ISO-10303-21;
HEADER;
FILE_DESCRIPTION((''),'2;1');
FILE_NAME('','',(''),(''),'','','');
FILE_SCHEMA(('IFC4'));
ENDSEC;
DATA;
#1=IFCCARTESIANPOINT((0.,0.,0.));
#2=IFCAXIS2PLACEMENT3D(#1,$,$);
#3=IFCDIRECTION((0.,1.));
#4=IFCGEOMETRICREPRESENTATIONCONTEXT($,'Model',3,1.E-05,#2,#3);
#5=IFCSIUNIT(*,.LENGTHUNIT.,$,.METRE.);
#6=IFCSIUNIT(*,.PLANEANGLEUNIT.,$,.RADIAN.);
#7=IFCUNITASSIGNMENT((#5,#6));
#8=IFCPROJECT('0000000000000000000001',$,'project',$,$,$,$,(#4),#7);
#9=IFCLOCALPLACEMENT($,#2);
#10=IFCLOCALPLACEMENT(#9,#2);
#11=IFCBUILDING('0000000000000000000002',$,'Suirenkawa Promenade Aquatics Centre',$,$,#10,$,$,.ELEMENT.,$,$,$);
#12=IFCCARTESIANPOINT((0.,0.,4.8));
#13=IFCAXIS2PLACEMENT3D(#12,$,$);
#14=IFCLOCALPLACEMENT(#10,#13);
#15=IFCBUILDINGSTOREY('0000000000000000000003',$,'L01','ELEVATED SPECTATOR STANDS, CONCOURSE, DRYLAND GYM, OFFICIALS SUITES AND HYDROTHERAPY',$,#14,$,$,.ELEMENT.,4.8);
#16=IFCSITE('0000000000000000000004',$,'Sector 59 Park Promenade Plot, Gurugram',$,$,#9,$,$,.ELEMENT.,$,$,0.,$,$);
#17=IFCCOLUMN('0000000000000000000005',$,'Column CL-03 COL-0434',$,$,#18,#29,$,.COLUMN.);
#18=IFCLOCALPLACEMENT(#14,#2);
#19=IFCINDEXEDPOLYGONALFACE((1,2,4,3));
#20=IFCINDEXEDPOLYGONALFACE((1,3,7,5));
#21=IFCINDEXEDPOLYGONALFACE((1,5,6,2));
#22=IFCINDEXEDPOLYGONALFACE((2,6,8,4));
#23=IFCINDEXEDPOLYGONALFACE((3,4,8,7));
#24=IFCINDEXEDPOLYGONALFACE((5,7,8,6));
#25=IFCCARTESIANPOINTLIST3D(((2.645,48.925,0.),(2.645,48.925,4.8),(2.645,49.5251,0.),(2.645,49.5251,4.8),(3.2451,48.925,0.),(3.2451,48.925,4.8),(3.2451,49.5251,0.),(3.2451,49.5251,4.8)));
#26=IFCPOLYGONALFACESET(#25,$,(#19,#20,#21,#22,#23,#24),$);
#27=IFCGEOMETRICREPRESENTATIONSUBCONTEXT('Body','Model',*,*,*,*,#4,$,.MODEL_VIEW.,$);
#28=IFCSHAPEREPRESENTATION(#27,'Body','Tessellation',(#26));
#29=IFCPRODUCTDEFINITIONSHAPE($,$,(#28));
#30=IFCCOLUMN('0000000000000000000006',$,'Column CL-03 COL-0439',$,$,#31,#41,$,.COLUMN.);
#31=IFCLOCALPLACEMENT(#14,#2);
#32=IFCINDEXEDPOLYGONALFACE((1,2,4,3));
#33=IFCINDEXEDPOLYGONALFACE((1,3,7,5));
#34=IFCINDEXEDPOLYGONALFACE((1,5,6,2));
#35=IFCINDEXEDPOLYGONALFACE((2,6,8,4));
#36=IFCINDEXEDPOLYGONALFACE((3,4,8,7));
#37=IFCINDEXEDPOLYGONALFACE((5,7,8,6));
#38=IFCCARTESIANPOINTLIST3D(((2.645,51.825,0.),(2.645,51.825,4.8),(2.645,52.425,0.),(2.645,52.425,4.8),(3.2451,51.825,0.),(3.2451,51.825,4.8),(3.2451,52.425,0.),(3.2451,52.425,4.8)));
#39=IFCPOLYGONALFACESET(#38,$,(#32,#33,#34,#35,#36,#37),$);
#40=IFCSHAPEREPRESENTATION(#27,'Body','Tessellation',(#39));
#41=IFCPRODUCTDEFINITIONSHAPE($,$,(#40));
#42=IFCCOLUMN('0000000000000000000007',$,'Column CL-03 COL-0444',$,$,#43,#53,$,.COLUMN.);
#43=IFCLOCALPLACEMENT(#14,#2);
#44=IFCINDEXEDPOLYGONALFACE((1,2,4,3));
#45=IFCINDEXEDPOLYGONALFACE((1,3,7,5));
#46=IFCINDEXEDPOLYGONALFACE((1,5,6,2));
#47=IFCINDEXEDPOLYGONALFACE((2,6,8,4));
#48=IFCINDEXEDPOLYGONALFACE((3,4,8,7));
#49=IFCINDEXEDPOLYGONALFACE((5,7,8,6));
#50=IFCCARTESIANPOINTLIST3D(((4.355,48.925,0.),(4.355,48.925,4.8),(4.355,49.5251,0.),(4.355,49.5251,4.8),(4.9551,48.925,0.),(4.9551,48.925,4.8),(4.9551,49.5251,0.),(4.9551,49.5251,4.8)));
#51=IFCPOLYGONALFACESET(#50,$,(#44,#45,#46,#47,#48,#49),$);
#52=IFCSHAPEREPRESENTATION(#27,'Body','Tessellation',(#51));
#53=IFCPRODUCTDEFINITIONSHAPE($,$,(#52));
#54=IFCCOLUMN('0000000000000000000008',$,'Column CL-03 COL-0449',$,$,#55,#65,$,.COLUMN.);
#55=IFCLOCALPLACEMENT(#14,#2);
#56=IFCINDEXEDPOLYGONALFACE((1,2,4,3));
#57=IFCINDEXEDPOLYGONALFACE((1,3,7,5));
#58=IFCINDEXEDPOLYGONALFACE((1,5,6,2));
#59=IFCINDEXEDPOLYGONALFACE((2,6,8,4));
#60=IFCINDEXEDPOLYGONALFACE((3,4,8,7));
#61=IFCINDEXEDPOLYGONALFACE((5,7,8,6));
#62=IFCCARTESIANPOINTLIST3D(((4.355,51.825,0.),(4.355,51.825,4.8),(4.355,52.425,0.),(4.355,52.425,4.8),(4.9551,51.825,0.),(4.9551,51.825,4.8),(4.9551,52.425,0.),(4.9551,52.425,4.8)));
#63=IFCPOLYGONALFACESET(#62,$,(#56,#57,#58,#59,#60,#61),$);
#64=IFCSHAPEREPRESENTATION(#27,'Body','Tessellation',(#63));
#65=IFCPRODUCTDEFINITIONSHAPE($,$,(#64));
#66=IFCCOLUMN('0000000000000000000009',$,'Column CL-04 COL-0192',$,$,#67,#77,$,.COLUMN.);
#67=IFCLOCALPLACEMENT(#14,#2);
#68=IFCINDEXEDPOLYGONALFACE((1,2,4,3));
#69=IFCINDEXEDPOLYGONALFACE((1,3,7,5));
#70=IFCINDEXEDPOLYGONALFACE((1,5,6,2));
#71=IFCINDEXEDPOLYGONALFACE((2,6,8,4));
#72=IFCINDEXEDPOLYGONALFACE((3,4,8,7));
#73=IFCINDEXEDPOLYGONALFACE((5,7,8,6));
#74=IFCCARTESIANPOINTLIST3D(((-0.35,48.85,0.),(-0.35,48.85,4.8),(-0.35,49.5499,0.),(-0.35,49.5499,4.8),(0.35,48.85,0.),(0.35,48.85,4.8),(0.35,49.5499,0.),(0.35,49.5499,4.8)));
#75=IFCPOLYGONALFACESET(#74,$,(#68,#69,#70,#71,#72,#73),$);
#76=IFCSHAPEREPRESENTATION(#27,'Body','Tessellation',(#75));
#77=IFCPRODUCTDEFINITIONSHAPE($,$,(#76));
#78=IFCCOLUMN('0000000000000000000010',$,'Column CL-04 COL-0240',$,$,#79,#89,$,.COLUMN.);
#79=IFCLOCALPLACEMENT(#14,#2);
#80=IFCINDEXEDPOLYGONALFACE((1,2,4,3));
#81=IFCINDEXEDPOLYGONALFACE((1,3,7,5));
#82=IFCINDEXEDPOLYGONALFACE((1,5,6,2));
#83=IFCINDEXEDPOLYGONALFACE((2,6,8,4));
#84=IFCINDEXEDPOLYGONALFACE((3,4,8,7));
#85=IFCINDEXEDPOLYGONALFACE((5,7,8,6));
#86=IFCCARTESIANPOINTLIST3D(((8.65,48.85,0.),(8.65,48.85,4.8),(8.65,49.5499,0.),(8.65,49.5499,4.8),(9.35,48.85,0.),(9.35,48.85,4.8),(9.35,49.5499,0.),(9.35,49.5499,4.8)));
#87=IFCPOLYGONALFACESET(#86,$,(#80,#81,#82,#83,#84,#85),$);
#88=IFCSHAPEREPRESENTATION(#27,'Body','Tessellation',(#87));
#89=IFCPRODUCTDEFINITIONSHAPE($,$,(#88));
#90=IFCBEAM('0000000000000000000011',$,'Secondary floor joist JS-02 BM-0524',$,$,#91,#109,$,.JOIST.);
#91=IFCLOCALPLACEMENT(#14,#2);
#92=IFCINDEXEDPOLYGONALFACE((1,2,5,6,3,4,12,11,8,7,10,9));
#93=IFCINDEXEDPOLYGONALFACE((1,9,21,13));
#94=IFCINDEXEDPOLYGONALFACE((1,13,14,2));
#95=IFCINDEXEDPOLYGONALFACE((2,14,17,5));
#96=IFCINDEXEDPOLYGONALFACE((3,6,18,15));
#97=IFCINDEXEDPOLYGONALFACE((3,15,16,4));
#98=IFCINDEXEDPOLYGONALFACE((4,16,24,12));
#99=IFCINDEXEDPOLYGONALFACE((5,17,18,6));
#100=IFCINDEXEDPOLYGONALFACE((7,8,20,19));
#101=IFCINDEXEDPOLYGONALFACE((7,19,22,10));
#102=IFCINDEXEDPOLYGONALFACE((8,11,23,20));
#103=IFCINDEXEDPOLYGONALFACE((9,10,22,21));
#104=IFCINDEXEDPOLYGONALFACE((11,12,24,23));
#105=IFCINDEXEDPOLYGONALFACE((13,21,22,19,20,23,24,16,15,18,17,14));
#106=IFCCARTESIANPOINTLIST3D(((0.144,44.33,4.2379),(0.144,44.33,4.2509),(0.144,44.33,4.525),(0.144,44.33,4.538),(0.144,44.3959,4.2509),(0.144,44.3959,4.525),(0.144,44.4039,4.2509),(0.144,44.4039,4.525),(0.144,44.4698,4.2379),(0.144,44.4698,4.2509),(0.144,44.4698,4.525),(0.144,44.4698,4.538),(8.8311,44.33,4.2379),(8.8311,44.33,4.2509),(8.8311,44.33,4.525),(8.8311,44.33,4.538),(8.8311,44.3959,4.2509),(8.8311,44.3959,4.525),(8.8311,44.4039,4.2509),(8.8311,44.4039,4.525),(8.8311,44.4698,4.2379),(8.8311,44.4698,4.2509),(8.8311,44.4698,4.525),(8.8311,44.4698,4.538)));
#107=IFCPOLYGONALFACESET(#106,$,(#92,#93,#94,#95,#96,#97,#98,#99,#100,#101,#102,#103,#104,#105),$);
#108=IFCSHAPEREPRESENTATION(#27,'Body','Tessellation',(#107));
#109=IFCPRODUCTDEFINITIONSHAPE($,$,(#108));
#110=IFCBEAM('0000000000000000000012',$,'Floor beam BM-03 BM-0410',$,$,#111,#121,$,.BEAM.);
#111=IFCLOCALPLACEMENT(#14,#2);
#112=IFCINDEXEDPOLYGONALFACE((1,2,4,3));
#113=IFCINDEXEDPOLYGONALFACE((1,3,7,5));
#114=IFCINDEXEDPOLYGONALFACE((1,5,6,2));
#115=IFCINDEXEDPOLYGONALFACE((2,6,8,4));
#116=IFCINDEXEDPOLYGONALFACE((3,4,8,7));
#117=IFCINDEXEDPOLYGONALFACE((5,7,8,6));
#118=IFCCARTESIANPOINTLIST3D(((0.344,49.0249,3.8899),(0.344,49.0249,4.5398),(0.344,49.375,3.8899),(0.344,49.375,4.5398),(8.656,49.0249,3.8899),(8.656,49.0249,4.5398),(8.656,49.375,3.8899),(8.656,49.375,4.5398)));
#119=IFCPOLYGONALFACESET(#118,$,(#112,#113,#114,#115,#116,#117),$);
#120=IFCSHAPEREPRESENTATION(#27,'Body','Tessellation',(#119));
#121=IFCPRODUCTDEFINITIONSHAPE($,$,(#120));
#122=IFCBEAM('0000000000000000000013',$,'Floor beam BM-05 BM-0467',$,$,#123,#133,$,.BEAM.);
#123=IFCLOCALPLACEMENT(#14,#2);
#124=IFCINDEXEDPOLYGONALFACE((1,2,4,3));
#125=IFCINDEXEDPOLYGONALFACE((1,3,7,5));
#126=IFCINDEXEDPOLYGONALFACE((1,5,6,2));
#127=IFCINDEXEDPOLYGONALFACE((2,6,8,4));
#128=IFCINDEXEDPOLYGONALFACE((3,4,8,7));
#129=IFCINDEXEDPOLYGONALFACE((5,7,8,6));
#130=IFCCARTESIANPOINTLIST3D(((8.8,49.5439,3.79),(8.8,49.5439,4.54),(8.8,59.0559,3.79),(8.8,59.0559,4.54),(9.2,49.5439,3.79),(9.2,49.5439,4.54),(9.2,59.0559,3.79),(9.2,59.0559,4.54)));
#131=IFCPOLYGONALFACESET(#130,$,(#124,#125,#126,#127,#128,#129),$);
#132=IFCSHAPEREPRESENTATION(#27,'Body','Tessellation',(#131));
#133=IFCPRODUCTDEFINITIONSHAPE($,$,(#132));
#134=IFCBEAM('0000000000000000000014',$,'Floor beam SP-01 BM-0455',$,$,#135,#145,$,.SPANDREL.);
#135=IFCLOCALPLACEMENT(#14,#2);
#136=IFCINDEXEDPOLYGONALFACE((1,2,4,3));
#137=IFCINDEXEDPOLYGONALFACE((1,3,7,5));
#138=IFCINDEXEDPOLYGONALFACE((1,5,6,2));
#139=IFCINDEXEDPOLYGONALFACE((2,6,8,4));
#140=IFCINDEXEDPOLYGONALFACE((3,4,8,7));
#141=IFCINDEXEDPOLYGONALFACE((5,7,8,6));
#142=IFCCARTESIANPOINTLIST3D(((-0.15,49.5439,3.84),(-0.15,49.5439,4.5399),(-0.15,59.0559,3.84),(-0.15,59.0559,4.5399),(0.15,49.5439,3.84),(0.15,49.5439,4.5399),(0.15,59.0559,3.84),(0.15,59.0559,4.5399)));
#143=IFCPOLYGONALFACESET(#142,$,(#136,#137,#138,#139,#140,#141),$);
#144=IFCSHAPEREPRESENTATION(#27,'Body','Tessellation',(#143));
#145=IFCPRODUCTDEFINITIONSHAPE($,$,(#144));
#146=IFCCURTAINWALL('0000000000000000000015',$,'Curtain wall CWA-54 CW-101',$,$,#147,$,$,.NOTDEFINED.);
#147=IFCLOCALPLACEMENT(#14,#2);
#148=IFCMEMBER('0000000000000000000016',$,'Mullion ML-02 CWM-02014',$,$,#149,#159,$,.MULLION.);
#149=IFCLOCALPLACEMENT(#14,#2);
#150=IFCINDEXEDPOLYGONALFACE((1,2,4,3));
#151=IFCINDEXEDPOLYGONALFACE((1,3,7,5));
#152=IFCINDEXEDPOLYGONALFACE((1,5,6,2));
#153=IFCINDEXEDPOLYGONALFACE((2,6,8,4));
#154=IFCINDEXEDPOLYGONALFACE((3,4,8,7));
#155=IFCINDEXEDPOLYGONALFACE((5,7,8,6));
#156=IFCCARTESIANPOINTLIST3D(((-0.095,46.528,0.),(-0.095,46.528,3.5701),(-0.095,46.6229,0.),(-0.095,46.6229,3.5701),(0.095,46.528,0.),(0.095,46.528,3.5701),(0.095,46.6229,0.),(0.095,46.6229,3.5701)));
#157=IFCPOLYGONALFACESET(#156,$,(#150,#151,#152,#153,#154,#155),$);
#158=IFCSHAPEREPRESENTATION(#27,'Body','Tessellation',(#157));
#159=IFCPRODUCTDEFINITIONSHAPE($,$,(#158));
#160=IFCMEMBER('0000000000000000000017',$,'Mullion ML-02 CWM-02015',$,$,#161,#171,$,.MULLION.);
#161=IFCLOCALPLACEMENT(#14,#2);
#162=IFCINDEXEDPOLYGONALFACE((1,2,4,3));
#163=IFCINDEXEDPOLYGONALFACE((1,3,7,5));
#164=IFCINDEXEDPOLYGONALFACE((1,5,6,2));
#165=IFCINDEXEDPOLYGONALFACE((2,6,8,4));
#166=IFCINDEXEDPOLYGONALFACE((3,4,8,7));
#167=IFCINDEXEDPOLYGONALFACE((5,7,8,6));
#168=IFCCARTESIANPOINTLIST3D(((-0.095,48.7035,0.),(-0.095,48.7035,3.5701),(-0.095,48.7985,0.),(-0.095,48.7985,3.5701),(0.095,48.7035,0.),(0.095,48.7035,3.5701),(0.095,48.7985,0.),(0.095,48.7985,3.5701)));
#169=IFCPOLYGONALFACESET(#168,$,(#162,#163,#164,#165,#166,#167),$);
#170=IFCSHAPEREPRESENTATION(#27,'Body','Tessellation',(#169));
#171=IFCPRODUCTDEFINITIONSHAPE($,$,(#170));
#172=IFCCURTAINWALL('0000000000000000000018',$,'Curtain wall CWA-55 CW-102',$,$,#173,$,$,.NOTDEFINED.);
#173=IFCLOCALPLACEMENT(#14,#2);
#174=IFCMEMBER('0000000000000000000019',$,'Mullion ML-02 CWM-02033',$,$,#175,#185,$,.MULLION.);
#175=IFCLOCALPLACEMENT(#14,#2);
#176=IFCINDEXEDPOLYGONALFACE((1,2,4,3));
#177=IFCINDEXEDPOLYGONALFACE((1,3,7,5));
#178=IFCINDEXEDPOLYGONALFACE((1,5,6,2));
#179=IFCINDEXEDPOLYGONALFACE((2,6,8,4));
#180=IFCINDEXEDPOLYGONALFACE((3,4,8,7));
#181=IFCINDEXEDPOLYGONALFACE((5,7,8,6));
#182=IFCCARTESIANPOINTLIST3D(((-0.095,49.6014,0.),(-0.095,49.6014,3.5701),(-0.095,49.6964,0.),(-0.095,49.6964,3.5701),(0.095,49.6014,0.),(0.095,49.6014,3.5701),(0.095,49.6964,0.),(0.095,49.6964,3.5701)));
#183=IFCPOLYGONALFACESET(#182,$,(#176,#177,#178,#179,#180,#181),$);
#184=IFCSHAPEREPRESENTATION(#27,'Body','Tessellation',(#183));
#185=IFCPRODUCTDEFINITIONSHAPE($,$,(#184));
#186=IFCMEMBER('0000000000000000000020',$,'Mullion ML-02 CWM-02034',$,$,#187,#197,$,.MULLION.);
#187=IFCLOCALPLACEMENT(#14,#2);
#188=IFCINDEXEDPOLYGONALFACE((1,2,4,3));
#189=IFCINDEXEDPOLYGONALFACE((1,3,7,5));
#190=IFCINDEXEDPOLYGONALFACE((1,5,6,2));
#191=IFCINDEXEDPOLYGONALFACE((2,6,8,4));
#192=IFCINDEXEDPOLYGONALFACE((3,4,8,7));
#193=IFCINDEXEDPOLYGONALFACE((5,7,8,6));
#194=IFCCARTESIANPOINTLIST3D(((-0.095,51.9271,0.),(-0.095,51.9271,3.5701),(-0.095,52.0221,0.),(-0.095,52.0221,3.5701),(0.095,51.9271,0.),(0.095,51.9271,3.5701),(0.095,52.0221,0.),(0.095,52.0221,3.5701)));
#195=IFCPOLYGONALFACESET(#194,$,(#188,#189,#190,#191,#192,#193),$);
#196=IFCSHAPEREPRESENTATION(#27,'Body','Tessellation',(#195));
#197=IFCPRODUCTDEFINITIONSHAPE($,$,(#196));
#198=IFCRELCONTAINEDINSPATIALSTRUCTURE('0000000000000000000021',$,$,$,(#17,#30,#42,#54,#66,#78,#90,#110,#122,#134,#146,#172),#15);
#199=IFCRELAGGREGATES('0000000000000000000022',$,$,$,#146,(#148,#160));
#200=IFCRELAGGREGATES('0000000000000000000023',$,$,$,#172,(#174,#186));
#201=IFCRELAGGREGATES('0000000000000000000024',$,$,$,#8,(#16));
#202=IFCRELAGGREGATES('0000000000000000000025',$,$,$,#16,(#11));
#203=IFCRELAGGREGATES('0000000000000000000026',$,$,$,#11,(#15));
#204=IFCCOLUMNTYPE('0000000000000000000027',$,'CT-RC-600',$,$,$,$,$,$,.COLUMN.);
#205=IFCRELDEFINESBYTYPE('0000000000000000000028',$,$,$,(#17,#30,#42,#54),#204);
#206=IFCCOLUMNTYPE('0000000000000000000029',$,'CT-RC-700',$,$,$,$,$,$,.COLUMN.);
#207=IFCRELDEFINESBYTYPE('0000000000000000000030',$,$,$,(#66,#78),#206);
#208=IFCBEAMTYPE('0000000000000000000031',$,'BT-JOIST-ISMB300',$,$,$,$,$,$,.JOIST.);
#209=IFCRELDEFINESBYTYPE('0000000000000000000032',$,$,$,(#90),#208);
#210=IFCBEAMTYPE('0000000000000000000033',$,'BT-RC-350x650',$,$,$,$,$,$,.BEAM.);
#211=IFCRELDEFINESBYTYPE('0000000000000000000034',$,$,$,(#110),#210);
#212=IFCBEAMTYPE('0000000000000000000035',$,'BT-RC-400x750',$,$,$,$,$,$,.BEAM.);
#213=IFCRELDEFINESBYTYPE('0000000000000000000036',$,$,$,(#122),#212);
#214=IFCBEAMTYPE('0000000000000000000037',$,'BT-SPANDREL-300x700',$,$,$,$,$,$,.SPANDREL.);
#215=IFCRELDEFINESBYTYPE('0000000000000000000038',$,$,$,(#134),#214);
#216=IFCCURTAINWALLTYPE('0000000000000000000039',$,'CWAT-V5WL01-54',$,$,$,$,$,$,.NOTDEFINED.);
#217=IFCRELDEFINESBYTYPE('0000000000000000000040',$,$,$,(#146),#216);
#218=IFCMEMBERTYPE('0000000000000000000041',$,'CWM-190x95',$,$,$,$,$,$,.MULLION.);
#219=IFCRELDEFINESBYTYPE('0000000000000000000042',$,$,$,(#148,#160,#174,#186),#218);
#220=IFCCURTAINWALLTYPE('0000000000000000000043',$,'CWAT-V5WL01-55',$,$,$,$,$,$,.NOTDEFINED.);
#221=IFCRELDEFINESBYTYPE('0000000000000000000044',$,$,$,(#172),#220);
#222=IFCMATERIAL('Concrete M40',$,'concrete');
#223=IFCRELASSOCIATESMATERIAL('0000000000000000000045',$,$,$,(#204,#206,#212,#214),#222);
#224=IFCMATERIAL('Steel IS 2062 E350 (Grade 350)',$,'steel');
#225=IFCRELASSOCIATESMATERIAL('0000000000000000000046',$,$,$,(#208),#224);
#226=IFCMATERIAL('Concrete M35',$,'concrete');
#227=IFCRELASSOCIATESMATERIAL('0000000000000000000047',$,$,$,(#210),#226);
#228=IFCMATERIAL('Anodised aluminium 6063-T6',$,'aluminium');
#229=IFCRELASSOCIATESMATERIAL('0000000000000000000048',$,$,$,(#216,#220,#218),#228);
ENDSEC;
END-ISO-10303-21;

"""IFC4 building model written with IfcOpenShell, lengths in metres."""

from ifc_helpers import new_model, si_unit, direction, frame, origin, origin_2d, place, context, subcontext, project, spatial, rectangle, i_section, extrude, material, material_profile, profile_set, type_object, element, aggregate, save


model = new_model("IFC4")

# Units and contexts
model_context = context("Model", 3, precision=1e-05, world=origin(), true_north=direction((0.0, 1.0)))
body_context = subcontext(model_context, "Body", "Model", "MODEL_VIEW")
ifc_project = project(units=[si_unit("LENGTHUNIT", "METRE"), si_unit("PLANEANGLEUNIT", "RADIAN")], contexts=[model_context])

# Site, building, storey
site_placement = place(None, origin())
site = spatial("IfcSite", under=ifc_project, at=site_placement, Name="Sector 59 Park Promenade Plot, Gurugram", CompositionType="ELEMENT", RefElevation=0.0)
building_placement = place(site_placement, origin())
building = spatial("IfcBuilding", under=site, at=building_placement, Name="Suirenkawa Promenade Aquatics Centre", CompositionType="ELEMENT")
storey_placement = place(building_placement, frame((0.0, 0.0, 4.8)))
storey = spatial("IfcBuildingStorey", under=building, at=storey_placement, Name="L01", Description="ELEVATED SPECTATOR STANDS, CONCOURSE, DRYLAND GYM, OFFICIALS SUITES AND HYDROTHERAPY", CompositionType="ELEMENT", Elevation=4.8)

# Columns
ifc_material_1 = material(Name="Concrete M40", Category="concrete")
ifc_material_profile_1 = material_profile(ifc_material_1, rectangle(XDim=0.6001, YDim=0.6001, at=origin_2d()), Name="RC COL 600x600", Category="concrete")
ifc_profile_set_1 = profile_set([ifc_material_profile_1], Name="Concrete M40")
column_type_1 = type_object("IfcColumnType", Name="CT-RC-600", PredefinedType="COLUMN", material=ifc_profile_set_1)
for number, where, z_axis, x_axis, name in (
    (1, (2.9451, 49.2251, 0.0), (0.0, 0.0, 1.0), (1.0, 0.0, 0.0), "Column CL-03 COL-0434"),
    (2, (2.9451, 52.125, 0.0), (0.0, 0.0, 1.0), (1.0, 0.0, 0.0), "Column CL-03 COL-0439"),
    (3, (4.655, 49.2251, 0.0), (0.0, 0.0, 1.0), (1.0, 0.0, 0.0), "Column CL-03 COL-0444"),
    (4, (4.655, 52.125, 0.0), (0.0, 0.0, 1.0), (1.0, 0.0, 0.0), "Column CL-03 COL-0449"),
):
    element("IfcColumn", number, at=place(storey_placement, frame(where, z_axis=z_axis, x_axis=x_axis)), inside=storey, type_object=column_type_1, Name=name, PredefinedType="COLUMN", context=body_context, shape_type="SweptSolid", body=[
        extrude(rectangle(XDim=0.6001, YDim=0.6001, at=origin_2d()), origin(), (0.0, 0.0, 1.0), 4.8),
    ])
ifc_material_profile_2 = material_profile(ifc_material_1, rectangle(XDim=0.7, YDim=0.7, at=origin_2d()), Name="RC COL 700x700", Category="concrete")
ifc_profile_set_2 = profile_set([ifc_material_profile_2], Name="Concrete M40")
column_type_2 = type_object("IfcColumnType", Name="CT-RC-700", PredefinedType="COLUMN", material=ifc_profile_set_2)
for number, where, z_axis, x_axis, name in (
    (5, (0.0, 49.2, 0.0), (0.0, 0.0, 1.0), (1.0, 0.0, 0.0), "Column CL-04 COL-0192"),
    (6, (9.0, 49.2, 0.0), (0.0, 0.0, 1.0), (1.0, 0.0, 0.0), "Column CL-04 COL-0240"),
):
    element("IfcColumn", number, at=place(storey_placement, frame(where, z_axis=z_axis, x_axis=x_axis)), inside=storey, type_object=column_type_2, Name=name, PredefinedType="COLUMN", context=body_context, shape_type="SweptSolid", body=[
        extrude(rectangle(XDim=0.7, YDim=0.7, at=origin_2d()), origin(), (0.0, 0.0, 1.0), 4.8),
    ])

# Beams
ifc_material_2 = material(Name="Steel IS 2062 E350 (Grade 350)", Category="steel")
ifc_material_profile_3 = material_profile(ifc_material_2, i_section(OverallWidth=0.1399, OverallDepth=0.3, WebThickness=0.0081, FlangeThickness=0.0129, at=origin_2d()), Name="ISMB 300", Category="steel")
ifc_profile_set_3 = profile_set([ifc_material_profile_3], Name="Steel IS 2062 E350 (Grade 350)")
beam_type_1 = type_object("IfcBeamType", Name="BT-JOIST-ISMB300", PredefinedType="JOIST", material=ifc_profile_set_3)
beam_1_placement = place(storey_placement, frame((0.144, 44.3999, 4.3879), z_axis=(1.0, 0.0, 0.0), x_axis=(0.0, 1.0, 0.0)))
element("IfcBeam", 7, at=beam_1_placement, inside=storey, type_object=beam_type_1, Name="Secondary floor joist JS-02 BM-0524", PredefinedType="JOIST", context=body_context, shape_type="SweptSolid", body=[
    extrude(i_section(OverallWidth=0.1399, OverallDepth=0.3, WebThickness=0.0081, FlangeThickness=0.0129, at=origin_2d()), origin(), (0.0, 0.0, 1.0), 8.687),
])
ifc_material_3 = material(Name="Concrete M35", Category="concrete")
ifc_material_profile_4 = material_profile(ifc_material_3, rectangle(XDim=0.3501, YDim=0.6499, at=origin_2d()), Name="RC BM 350x650", Category="concrete")
ifc_profile_set_4 = profile_set([ifc_material_profile_4], Name="Concrete M35")
beam_type_2 = type_object("IfcBeamType", Name="BT-RC-350x650", PredefinedType="BEAM", material=ifc_profile_set_4)
beam_2_placement = place(storey_placement, frame((0.344, 49.2, 4.2148), z_axis=(1.0, 0.0, 0.0), x_axis=(0.0, 1.0, 0.0)))
element("IfcBeam", 8, at=beam_2_placement, inside=storey, type_object=beam_type_2, Name="Floor beam BM-03 BM-0410", PredefinedType="BEAM", context=body_context, shape_type="SweptSolid", body=[
    extrude(rectangle(XDim=0.3501, YDim=0.6499, at=origin_2d()), origin(), (0.0, 0.0, 1.0), 8.312),
])
ifc_material_profile_5 = material_profile(ifc_material_1, rectangle(XDim=0.3999, YDim=0.75, at=origin_2d()), Name="RC BM 400x750", Category="concrete")
ifc_profile_set_5 = profile_set([ifc_material_profile_5], Name="Concrete M40")
beam_type_3 = type_object("IfcBeamType", Name="BT-RC-400x750", PredefinedType="BEAM", material=ifc_profile_set_5)
beam_3_placement = place(storey_placement, frame((9.0, 49.5439, 4.165), z_axis=(0.0, 1.0, 0.0), x_axis=(-1.0, 0.0, 0.0)))
element("IfcBeam", 9, at=beam_3_placement, inside=storey, type_object=beam_type_3, Name="Floor beam BM-05 BM-0467", PredefinedType="BEAM", context=body_context, shape_type="SweptSolid", body=[
    extrude(rectangle(XDim=0.3999, YDim=0.75, at=origin_2d()), origin(), (0.0, 0.0, 1.0), 9.512),
])
ifc_material_profile_6 = material_profile(ifc_material_1, rectangle(XDim=0.3, YDim=0.7, at=origin_2d()), Name="RC SPANDREL 300x700", Category="concrete")
ifc_profile_set_6 = profile_set([ifc_material_profile_6], Name="Concrete M40")
beam_type_4 = type_object("IfcBeamType", Name="BT-SPANDREL-300x700", PredefinedType="SPANDREL", material=ifc_profile_set_6)
beam_4_placement = place(storey_placement, frame((0.0, 49.5439, 4.1899), z_axis=(0.0, 1.0, 0.0), x_axis=(-1.0, 0.0, 0.0)))
element("IfcBeam", 10, at=beam_4_placement, inside=storey, type_object=beam_type_4, Name="Floor beam SP-01 BM-0455", PredefinedType="SPANDREL", context=body_context, shape_type="SweptSolid", body=[
    extrude(rectangle(XDim=0.3, YDim=0.7, at=origin_2d()), origin(), (0.0, 0.0, 1.0), 9.512),
])

# Curtain walls, members
ifc_material_4 = material(Name="Anodised aluminium 6063-T6", Category="aluminium")
curtain_wall_type_1 = type_object("IfcCurtainWallType", Name="CWAT-V5WL01-54", PredefinedType="NOTDEFINED", material=ifc_material_4)
curtain_wall_1_placement = place(storey_placement, origin())
curtain_wall_1 = element("IfcCurtainWall", 11, at=curtain_wall_1_placement, inside=storey, type_object=curtain_wall_type_1, Name="Curtain wall CWA-54 CW-101", PredefinedType="NOTDEFINED")
ifc_material_profile_7 = material_profile(ifc_material_4, rectangle(XDim=0.095, YDim=0.1899, at=origin_2d()), Name="ALU MULL 95x190", Category="aluminium")
ifc_profile_set_7 = profile_set([ifc_material_profile_7], Name="Anodised aluminium 6063-T6")
member_type_1 = type_object("IfcMemberType", Name="CWM-190x95", PredefinedType="MULLION", material=ifc_profile_set_7)
member_1_placement = place(storey_placement, frame((0.0, 46.5754, 0.0), z_axis=(0.0, 0.0, 1.0), x_axis=(0.0, 1.0, 0.0)))
member_1 = element("IfcMember", 12, at=member_1_placement, type_object=member_type_1, Name="Mullion ML-02 CWM-02014", PredefinedType="MULLION", context=body_context, shape_type="SweptSolid", body=[
    extrude(rectangle(XDim=0.095, YDim=0.1899, at=origin_2d()), origin(), (0.0, 0.0, 1.0), 3.5701),
])
member_2_placement = place(storey_placement, frame((0.0, 48.751, 0.0), z_axis=(0.0, 0.0, 1.0), x_axis=(0.0, 1.0, 0.0)))
member_2 = element("IfcMember", 13, at=member_2_placement, type_object=member_type_1, Name="Mullion ML-02 CWM-02015", PredefinedType="MULLION", context=body_context, shape_type="SweptSolid", body=[
    extrude(rectangle(XDim=0.095, YDim=0.1899, at=origin_2d()), origin(), (0.0, 0.0, 1.0), 3.5701),
])
curtain_wall_type_2 = type_object("IfcCurtainWallType", Name="CWAT-V5WL01-55", PredefinedType="NOTDEFINED", material=ifc_material_4)
curtain_wall_2_placement = place(storey_placement, origin())
curtain_wall_2 = element("IfcCurtainWall", 14, at=curtain_wall_2_placement, inside=storey, type_object=curtain_wall_type_2, Name="Curtain wall CWA-55 CW-102", PredefinedType="NOTDEFINED")
member_3_placement = place(storey_placement, frame((0.0, 49.6489, 0.0), z_axis=(0.0, 0.0, 1.0), x_axis=(0.0, 1.0, 0.0)))
member_3 = element("IfcMember", 15, at=member_3_placement, type_object=member_type_1, Name="Mullion ML-02 CWM-02033", PredefinedType="MULLION", context=body_context, shape_type="SweptSolid", body=[
    extrude(rectangle(XDim=0.095, YDim=0.1899, at=origin_2d()), origin(), (0.0, 0.0, 1.0), 3.5701),
])
member_4_placement = place(storey_placement, frame((0.0, 51.9746, 0.0), z_axis=(0.0, 0.0, 1.0), x_axis=(0.0, 1.0, 0.0)))
member_4 = element("IfcMember", 16, at=member_4_placement, type_object=member_type_1, Name="Mullion ML-02 CWM-02034", PredefinedType="MULLION", context=body_context, shape_type="SweptSolid", body=[
    extrude(rectangle(XDim=0.095, YDim=0.1899, at=origin_2d()), origin(), (0.0, 0.0, 1.0), 3.5701),
])

aggregate(curtain_wall_1, [member_1, member_2])
aggregate(curtain_wall_2, [member_3, member_4])

save(model, "model.ifc")
